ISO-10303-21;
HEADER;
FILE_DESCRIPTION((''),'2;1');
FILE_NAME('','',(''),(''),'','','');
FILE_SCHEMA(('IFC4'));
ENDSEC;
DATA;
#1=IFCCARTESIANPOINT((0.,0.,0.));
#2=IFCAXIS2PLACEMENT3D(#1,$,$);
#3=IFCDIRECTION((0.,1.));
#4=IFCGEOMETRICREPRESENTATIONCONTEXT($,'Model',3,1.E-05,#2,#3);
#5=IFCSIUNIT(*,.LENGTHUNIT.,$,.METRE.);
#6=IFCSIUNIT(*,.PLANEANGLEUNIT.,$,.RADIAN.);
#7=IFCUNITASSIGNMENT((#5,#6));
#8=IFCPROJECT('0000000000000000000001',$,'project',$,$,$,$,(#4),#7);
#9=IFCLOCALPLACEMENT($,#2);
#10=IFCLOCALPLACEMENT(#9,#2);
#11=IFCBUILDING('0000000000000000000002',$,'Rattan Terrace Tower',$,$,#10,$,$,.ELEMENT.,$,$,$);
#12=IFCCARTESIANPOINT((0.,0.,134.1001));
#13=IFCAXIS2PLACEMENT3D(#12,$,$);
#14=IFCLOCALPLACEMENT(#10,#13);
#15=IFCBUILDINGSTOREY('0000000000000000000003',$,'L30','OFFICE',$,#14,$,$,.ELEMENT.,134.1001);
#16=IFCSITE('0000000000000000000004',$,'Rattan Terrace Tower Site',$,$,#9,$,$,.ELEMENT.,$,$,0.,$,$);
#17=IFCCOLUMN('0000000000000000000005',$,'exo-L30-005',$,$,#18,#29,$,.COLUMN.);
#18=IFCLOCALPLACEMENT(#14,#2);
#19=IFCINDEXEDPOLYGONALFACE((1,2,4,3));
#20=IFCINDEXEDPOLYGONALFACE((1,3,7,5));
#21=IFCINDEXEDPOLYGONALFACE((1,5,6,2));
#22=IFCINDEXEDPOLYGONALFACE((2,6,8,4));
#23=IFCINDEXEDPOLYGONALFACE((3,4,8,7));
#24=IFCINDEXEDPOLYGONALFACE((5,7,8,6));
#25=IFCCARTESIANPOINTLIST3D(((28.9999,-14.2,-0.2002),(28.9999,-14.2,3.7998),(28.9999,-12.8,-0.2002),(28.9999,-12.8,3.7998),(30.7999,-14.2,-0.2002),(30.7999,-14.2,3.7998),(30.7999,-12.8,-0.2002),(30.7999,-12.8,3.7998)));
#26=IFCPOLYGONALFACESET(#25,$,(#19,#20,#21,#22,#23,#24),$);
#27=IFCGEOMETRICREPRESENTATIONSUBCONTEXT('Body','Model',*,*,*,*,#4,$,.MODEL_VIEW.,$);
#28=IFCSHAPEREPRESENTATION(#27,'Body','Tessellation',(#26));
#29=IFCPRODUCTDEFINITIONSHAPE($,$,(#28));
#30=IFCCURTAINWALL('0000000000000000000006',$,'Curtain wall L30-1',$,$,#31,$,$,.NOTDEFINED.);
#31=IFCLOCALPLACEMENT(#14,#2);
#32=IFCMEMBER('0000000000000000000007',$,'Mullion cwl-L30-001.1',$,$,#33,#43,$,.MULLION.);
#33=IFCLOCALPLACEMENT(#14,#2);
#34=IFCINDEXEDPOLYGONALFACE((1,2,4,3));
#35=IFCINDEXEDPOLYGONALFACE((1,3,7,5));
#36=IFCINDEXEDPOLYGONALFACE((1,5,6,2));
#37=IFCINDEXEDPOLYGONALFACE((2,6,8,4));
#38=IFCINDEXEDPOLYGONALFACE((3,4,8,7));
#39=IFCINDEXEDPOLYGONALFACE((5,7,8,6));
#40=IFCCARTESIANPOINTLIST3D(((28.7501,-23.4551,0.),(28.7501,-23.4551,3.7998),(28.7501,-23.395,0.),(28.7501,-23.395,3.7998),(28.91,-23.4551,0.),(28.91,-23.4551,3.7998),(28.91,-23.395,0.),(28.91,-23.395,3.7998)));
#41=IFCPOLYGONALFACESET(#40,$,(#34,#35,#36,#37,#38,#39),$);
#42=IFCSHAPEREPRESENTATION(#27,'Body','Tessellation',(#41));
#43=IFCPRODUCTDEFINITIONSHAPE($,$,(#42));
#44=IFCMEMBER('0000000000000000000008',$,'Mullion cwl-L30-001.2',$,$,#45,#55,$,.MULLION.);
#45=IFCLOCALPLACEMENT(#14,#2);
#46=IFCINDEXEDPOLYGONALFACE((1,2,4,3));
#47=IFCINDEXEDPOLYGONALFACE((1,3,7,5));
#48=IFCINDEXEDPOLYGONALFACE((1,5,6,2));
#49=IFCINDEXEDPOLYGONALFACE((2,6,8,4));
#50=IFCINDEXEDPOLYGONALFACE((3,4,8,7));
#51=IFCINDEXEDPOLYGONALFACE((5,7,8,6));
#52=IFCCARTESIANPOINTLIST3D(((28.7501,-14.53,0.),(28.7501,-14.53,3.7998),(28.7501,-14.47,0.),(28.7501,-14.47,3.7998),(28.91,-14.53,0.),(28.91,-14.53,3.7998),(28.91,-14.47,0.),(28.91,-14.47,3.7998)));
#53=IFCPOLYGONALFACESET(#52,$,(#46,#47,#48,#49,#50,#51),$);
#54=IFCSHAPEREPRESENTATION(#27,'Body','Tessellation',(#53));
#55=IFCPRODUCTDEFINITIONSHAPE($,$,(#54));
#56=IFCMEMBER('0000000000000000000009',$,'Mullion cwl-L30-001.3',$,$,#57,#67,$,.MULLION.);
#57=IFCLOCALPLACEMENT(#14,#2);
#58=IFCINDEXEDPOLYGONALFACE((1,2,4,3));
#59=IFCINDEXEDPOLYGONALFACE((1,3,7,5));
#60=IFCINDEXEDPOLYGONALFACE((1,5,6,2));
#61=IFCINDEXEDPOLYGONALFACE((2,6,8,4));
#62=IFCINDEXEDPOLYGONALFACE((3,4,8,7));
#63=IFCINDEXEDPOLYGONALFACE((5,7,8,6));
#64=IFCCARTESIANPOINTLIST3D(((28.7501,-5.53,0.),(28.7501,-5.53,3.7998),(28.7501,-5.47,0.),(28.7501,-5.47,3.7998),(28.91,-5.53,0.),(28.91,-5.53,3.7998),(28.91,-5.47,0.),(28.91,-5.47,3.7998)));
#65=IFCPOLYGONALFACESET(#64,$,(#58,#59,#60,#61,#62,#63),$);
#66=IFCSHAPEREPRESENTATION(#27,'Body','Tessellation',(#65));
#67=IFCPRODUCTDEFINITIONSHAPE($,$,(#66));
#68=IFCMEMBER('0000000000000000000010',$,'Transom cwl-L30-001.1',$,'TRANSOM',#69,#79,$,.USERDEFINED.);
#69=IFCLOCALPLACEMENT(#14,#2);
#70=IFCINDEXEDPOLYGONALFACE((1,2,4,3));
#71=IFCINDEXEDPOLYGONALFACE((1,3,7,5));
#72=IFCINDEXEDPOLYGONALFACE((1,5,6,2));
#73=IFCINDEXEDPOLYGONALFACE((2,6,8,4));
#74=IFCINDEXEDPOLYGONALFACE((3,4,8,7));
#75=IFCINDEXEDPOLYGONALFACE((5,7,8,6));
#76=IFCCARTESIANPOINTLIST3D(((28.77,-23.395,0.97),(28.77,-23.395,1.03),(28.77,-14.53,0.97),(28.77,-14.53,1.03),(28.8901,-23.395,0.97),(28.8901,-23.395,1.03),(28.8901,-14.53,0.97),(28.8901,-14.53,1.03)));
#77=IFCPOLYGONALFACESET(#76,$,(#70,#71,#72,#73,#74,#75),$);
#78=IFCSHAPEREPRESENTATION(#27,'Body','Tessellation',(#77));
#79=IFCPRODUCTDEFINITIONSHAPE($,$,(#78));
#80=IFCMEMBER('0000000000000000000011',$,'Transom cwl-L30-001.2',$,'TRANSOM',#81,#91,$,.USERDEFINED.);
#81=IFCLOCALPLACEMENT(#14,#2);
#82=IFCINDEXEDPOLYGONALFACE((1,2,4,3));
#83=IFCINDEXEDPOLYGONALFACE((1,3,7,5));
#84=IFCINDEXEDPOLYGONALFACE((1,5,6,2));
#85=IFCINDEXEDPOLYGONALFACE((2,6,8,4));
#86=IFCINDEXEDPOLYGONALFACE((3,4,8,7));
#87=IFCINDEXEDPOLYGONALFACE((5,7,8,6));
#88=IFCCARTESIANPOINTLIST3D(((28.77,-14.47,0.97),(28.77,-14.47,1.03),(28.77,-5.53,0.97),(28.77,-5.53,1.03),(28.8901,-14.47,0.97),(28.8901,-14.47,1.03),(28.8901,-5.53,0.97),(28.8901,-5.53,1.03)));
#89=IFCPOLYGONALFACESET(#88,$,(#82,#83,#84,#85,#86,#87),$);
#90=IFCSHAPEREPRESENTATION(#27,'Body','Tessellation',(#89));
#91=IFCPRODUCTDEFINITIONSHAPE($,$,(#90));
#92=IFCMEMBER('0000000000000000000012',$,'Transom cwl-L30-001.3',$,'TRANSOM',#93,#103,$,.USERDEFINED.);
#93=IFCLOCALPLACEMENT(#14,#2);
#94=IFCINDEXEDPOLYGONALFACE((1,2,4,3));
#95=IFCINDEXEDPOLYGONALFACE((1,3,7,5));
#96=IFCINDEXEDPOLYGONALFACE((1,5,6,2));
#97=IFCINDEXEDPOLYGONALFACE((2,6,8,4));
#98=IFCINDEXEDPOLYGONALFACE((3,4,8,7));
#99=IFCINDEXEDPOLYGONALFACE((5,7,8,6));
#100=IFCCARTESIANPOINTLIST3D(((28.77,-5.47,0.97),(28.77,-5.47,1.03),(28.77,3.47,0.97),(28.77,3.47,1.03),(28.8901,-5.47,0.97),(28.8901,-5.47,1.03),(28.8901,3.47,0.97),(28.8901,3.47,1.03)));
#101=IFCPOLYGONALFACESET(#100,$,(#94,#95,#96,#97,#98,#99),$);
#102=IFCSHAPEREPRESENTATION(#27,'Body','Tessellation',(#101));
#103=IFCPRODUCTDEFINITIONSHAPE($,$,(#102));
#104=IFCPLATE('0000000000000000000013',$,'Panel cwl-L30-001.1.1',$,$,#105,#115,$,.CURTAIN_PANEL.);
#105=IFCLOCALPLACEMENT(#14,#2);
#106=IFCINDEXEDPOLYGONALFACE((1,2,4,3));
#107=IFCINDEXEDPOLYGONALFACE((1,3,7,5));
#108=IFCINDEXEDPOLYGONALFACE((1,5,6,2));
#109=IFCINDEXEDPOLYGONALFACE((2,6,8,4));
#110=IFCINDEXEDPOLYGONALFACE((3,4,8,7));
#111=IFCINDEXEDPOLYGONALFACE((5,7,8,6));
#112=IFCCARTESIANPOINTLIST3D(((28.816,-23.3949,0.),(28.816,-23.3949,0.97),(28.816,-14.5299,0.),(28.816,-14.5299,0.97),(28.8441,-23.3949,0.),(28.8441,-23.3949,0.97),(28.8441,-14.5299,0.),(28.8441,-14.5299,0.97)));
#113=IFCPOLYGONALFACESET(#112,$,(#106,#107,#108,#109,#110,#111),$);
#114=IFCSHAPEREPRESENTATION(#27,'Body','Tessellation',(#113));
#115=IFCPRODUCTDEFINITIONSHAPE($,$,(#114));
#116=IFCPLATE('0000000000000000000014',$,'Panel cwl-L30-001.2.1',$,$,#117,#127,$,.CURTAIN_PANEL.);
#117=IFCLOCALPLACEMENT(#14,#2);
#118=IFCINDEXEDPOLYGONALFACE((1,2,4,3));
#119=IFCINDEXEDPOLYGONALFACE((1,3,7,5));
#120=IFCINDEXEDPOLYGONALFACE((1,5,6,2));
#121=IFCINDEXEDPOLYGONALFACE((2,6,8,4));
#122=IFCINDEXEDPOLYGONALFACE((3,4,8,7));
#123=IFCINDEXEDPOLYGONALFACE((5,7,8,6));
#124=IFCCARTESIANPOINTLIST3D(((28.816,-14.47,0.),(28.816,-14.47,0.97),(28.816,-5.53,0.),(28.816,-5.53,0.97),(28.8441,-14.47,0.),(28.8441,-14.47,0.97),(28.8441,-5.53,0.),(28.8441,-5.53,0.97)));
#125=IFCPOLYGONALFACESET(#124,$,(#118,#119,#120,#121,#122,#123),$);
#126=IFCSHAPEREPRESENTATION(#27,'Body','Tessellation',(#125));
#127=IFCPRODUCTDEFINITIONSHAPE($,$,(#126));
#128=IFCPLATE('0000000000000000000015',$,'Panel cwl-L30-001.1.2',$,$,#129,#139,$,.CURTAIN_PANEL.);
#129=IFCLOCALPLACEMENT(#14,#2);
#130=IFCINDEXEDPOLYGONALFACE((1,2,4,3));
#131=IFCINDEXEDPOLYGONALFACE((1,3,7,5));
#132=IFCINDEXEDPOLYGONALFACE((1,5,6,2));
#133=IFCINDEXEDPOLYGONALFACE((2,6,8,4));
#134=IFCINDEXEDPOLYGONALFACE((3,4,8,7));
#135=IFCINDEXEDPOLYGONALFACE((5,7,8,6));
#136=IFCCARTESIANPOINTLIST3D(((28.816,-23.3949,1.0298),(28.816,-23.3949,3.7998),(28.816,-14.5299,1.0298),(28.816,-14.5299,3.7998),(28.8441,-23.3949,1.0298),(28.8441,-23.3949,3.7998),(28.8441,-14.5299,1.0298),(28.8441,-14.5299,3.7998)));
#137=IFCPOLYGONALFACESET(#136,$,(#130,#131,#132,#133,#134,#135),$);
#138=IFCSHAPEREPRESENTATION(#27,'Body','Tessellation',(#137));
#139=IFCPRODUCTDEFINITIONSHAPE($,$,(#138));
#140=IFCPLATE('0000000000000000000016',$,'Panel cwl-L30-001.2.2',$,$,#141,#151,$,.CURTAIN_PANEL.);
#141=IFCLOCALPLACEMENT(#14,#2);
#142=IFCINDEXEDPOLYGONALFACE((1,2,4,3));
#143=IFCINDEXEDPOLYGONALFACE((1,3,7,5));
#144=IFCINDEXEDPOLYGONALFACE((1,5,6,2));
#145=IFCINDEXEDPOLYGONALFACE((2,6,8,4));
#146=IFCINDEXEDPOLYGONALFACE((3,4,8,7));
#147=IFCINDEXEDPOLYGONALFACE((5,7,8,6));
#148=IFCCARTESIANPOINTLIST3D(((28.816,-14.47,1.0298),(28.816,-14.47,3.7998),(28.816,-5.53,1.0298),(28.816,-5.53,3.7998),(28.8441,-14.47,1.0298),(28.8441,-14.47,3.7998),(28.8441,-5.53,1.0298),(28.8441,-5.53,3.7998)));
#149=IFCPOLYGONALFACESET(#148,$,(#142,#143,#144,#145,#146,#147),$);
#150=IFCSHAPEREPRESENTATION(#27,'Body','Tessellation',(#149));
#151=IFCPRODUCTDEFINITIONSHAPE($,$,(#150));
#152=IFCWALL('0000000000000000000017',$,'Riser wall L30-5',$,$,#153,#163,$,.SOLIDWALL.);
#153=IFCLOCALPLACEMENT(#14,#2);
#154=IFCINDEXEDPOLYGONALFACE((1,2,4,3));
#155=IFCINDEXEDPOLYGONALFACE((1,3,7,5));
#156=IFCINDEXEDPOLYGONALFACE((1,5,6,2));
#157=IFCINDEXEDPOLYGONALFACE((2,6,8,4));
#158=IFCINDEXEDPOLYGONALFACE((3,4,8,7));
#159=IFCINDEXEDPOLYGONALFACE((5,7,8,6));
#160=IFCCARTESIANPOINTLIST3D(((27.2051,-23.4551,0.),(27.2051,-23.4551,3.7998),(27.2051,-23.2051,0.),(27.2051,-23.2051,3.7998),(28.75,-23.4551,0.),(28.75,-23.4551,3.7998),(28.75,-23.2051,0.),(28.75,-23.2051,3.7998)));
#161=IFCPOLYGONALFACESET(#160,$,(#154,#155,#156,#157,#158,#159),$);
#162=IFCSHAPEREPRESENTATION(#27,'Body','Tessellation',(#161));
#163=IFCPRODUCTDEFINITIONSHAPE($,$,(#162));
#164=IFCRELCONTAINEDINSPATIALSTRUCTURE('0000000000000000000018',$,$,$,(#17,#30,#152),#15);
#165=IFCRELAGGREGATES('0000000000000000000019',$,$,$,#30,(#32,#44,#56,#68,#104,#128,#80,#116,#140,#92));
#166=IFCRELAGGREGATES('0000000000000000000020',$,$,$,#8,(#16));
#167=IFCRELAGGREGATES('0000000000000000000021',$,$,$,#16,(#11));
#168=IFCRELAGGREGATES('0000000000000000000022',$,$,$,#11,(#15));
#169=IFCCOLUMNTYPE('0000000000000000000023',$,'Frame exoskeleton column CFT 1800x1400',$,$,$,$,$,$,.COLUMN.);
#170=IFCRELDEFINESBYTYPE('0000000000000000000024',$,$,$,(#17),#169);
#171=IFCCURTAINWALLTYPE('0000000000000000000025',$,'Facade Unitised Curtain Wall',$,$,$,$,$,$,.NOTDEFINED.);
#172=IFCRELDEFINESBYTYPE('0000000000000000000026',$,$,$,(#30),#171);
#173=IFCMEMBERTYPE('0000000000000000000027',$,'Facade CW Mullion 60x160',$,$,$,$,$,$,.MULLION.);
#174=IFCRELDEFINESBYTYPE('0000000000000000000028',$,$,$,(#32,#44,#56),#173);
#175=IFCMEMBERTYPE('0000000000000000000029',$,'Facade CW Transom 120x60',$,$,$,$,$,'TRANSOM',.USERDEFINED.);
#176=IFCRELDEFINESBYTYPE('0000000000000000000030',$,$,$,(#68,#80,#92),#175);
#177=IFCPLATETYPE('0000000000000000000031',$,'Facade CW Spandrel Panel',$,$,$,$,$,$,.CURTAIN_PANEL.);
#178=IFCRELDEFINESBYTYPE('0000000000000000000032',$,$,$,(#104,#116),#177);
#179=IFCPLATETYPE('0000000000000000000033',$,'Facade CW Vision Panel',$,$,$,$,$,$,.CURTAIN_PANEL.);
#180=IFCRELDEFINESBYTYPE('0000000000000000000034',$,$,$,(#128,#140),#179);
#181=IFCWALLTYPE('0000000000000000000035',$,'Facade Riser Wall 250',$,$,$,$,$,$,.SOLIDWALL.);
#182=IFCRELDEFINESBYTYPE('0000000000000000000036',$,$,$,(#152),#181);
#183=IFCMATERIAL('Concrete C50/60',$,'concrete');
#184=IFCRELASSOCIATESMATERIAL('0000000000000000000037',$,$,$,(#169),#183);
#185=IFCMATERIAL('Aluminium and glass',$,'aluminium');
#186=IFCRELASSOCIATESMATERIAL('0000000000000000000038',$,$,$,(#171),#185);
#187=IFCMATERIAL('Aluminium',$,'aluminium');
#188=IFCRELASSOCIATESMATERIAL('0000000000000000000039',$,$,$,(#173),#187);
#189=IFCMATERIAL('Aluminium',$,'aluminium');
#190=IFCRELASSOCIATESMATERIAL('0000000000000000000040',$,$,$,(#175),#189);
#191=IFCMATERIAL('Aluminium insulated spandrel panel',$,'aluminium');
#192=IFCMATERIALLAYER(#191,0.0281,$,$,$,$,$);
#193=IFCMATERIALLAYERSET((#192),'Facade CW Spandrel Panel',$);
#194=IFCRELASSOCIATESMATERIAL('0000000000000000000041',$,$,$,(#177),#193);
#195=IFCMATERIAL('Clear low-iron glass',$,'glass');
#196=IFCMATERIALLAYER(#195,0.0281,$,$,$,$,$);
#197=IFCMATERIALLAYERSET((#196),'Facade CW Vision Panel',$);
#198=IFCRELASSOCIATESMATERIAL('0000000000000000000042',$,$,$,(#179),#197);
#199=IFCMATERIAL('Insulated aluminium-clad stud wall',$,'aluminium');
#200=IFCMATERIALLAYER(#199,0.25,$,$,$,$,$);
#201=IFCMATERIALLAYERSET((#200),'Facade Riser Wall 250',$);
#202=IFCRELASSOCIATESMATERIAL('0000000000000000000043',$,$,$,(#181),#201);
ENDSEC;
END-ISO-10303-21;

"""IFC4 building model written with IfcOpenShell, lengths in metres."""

from ifc_helpers import new_model, si_unit, direction, frame, frame_2d, origin, origin_2d, place, context, subcontext, project, spatial, rectangle, extrude, material, layer, layer_set, material_profile, profile_set, type_object, element, aggregate, save


model = new_model("IFC4")

# Units and contexts
model_context = context("Model", 3, precision=1e-05, world=origin(), true_north=direction((0.0, 1.0)))
body_context = subcontext(model_context, "Body", "Model", "MODEL_VIEW")
ifc_project = project(units=[si_unit("LENGTHUNIT", "METRE"), si_unit("PLANEANGLEUNIT", "RADIAN")], contexts=[model_context])

# Site, building, storey
site_placement = place(None, origin())
site = spatial("IfcSite", under=ifc_project, at=site_placement, Name="Rattan Terrace Tower Site", CompositionType="ELEMENT", RefElevation=0.0)
building_placement = place(site_placement, origin())
building = spatial("IfcBuilding", under=site, at=building_placement, Name="Rattan Terrace Tower", CompositionType="ELEMENT")
storey_placement = place(building_placement, frame((0.0, 0.0, 134.1001)))
storey = spatial("IfcBuildingStorey", under=building, at=storey_placement, Name="L30", Description="OFFICE", CompositionType="ELEMENT", Elevation=134.1001)

# Column
ifc_material_1 = material(Name="Concrete C50/60", Category="concrete")
ifc_material_profile_1 = material_profile(ifc_material_1, rectangle(XDim=1.3999, YDim=1.8, at=origin_2d()), Name="CFT 1800x1400")
ifc_profile_set_1 = profile_set([ifc_material_profile_1], Name="Concrete C50/60")
column_type = type_object("IfcColumnType", Name="Frame exoskeleton column CFT 1800x1400", PredefinedType="COLUMN", material=ifc_profile_set_1)
column_placement = place(storey_placement, frame((29.8999, -13.5, -0.2002), z_axis=(0.0, 0.0, 1.0), x_axis=(0.0, 1.0, 0.0)))
element("IfcColumn", 1, at=column_placement, inside=storey, type_object=column_type, Name="exo-L30-005", PredefinedType="COLUMN", context=body_context, shape_type="SweptSolid", body=[
    extrude(rectangle(XDim=1.3999, YDim=1.8, at=origin_2d()), origin(), (0.0, 0.0, 1.0), 4.0),
])

# Curtain wall, members, plates
ifc_material_2 = material(Name="Aluminium and glass", Category="aluminium")
curtain_wall_type = type_object("IfcCurtainWallType", Name="Facade Unitised Curtain Wall", PredefinedType="NOTDEFINED", material=ifc_material_2)
curtain_wall_placement = place(storey_placement, origin())
curtain_wall = element("IfcCurtainWall", 2, at=curtain_wall_placement, inside=storey, type_object=curtain_wall_type, Name="Curtain wall L30-1", PredefinedType="NOTDEFINED")
ifc_material_3 = material(Name="Aluminium", Category="aluminium")
ifc_material_profile_2 = material_profile(ifc_material_3, rectangle(XDim=0.0601, YDim=0.1599, at=origin_2d()), Name="Aluminium 60x160")
ifc_profile_set_2 = profile_set([ifc_material_profile_2], Name="Aluminium")
member_type_1 = type_object("IfcMemberType", Name="Facade CW Mullion 60x160", PredefinedType="MULLION", material=ifc_profile_set_2)
member_1_placement = place(storey_placement, frame((28.8301, -23.425, 0.0), z_axis=(0.0, 0.0, 1.0), x_axis=(0.0, 1.0, 0.0)))
member_1 = element("IfcMember", 3, at=member_1_placement, type_object=member_type_1, Name="Mullion cwl-L30-001.1", PredefinedType="MULLION", context=body_context, shape_type="SweptSolid", body=[
    extrude(rectangle(XDim=0.0601, YDim=0.1599, at=origin_2d()), origin(), (0.0, 0.0, 1.0), 3.7998),
])
member_2_placement = place(storey_placement, frame((28.8301, -14.5, 0.0), z_axis=(0.0, 0.0, 1.0), x_axis=(0.0, 1.0, 0.0)))
member_2 = element("IfcMember", 4, at=member_2_placement, type_object=member_type_1, Name="Mullion cwl-L30-001.2", PredefinedType="MULLION", context=body_context, shape_type="SweptSolid", body=[
    extrude(rectangle(XDim=0.0601, YDim=0.1599, at=origin_2d()), origin(), (0.0, 0.0, 1.0), 3.7998),
])
member_3_placement = place(storey_placement, frame((28.8301, -5.5, 0.0), z_axis=(0.0, 0.0, 1.0), x_axis=(0.0, 1.0, 0.0)))
member_3 = element("IfcMember", 5, at=member_3_placement, type_object=member_type_1, Name="Mullion cwl-L30-001.3", PredefinedType="MULLION", context=body_context, shape_type="SweptSolid", body=[
    extrude(rectangle(XDim=0.0601, YDim=0.1599, at=origin_2d()), origin(), (0.0, 0.0, 1.0), 3.7998),
])
ifc_material_4 = material(Name="Aluminium", Category="aluminium")
ifc_material_profile_3 = material_profile(ifc_material_4, rectangle(XDim=0.1201, YDim=0.0601, at=origin_2d()), Name="Aluminium 120x60")
ifc_profile_set_3 = profile_set([ifc_material_profile_3], Name="Aluminium")
member_type_2 = type_object("IfcMemberType", Name="Facade CW Transom 120x60", ElementType="TRANSOM", PredefinedType="USERDEFINED", material=ifc_profile_set_3)
member_4_placement = place(storey_placement, frame((28.8301, -23.395, 1.0), z_axis=(0.0, 1.0, 0.0), x_axis=(-1.0, 0.0, 0.0)))
member_4 = element("IfcMember", 6, at=member_4_placement, type_object=member_type_2, Name="Transom cwl-L30-001.1", ObjectType="TRANSOM", PredefinedType="USERDEFINED", context=body_context, shape_type="SweptSolid", body=[
    extrude(rectangle(XDim=0.1201, YDim=0.0601, at=origin_2d()), origin(), (0.0, 0.0, 1.0), 8.865),
])
member_5_placement = place(storey_placement, frame((28.8301, -14.47, 1.0), z_axis=(0.0, 1.0, 0.0), x_axis=(-1.0, 0.0, 0.0)))
member_5 = element("IfcMember", 7, at=member_5_placement, type_object=member_type_2, Name="Transom cwl-L30-001.2", ObjectType="TRANSOM", PredefinedType="USERDEFINED", context=body_context, shape_type="SweptSolid", body=[
    extrude(rectangle(XDim=0.1201, YDim=0.0601, at=origin_2d()), origin(), (0.0, 0.0, 1.0), 8.9399),
])
member_6_placement = place(storey_placement, frame((28.8301, -5.47, 1.0), z_axis=(0.0, 1.0, 0.0), x_axis=(-1.0, 0.0, 0.0)))
member_6 = element("IfcMember", 8, at=member_6_placement, type_object=member_type_2, Name="Transom cwl-L30-001.3", ObjectType="TRANSOM", PredefinedType="USERDEFINED", context=body_context, shape_type="SweptSolid", body=[
    extrude(rectangle(XDim=0.1201, YDim=0.0601, at=origin_2d()), origin(), (0.0, 0.0, 1.0), 8.9399),
])
ifc_material_5 = material(Name="Aluminium insulated spandrel panel", Category="aluminium")
ifc_layer_1 = layer(ifc_material_5, 0.0281)
ifc_layer_set_1 = layer_set([ifc_layer_1], Name="Facade CW Spandrel Panel")
plate_type_1 = type_object("IfcPlateType", Name="Facade CW Spandrel Panel", PredefinedType="CURTAIN_PANEL", material=ifc_layer_set_1)
plate_1_placement = place(storey_placement, frame((28.8301, -18.9624, 0.0), z_axis=(0.0, 0.0, 1.0), x_axis=(0.0, 1.0, 0.0)))
plate_1 = element("IfcPlate", 9, at=plate_1_placement, type_object=plate_type_1, Name="Panel cwl-L30-001.1.1", PredefinedType="CURTAIN_PANEL", context=body_context, shape_type="SweptSolid", body=[
    extrude(rectangle(XDim=8.865, YDim=0.0281, at=origin_2d()), origin(), (0.0, 0.0, 1.0), 0.97),
])
plate_2_placement = place(storey_placement, frame((28.8301, -10.0, 0.0), z_axis=(0.0, 0.0, 1.0), x_axis=(0.0, 1.0, 0.0)))
plate_2 = element("IfcPlate", 10, at=plate_2_placement, type_object=plate_type_1, Name="Panel cwl-L30-001.2.1", PredefinedType="CURTAIN_PANEL", context=body_context, shape_type="SweptSolid", body=[
    extrude(rectangle(XDim=8.9399, YDim=0.0281, at=origin_2d()), origin(), (0.0, 0.0, 1.0), 0.97),
])
ifc_material_6 = material(Name="Clear low-iron glass", Category="glass")
ifc_layer_2 = layer(ifc_material_6, 0.0281)
ifc_layer_set_2 = layer_set([ifc_layer_2], Name="Facade CW Vision Panel")
plate_type_2 = type_object("IfcPlateType", Name="Facade CW Vision Panel", PredefinedType="CURTAIN_PANEL", material=ifc_layer_set_2)
plate_3_placement = place(storey_placement, frame((28.8301, -18.9624, 1.0298), z_axis=(0.0, 0.0, 1.0), x_axis=(0.0, 1.0, 0.0)))
plate_3 = element("IfcPlate", 11, at=plate_3_placement, type_object=plate_type_2, Name="Panel cwl-L30-001.1.2", PredefinedType="CURTAIN_PANEL", context=body_context, shape_type="SweptSolid", body=[
    extrude(rectangle(XDim=8.865, YDim=0.0281, at=origin_2d()), origin(), (0.0, 0.0, 1.0), 2.77),
])
plate_4_placement = place(storey_placement, frame((28.8301, -10.0, 1.0298), z_axis=(0.0, 0.0, 1.0), x_axis=(0.0, 1.0, 0.0)))
plate_4 = element("IfcPlate", 12, at=plate_4_placement, type_object=plate_type_2, Name="Panel cwl-L30-001.2.2", PredefinedType="CURTAIN_PANEL", context=body_context, shape_type="SweptSolid", body=[
    extrude(rectangle(XDim=8.9399, YDim=0.0281, at=origin_2d()), origin(), (0.0, 0.0, 1.0), 2.77),
])
aggregate(curtain_wall, [member_1, member_2, member_3, member_4, plate_1, plate_3, member_5, plate_2, plate_4, member_6])

# Wall
ifc_material_7 = material(Name="Insulated aluminium-clad stud wall", Category="aluminium")
ifc_layer_3 = layer(ifc_material_7, 0.25)
ifc_layer_set_3 = layer_set([ifc_layer_3], Name="Facade Riser Wall 250")
wall_type_1 = type_object("IfcWallType", Name="Facade Riser Wall 250", PredefinedType="SOLIDWALL", material=ifc_layer_set_3)
wall_1_placement = place(storey_placement, frame((27.2051, -23.3301, 0.0), z_axis=(0.0, 0.0, 1.0), x_axis=(1.0, 0.0, 0.0)))
element("IfcWall", 13, at=wall_1_placement, inside=storey, type_object=wall_type_1, Name="Riser wall L30-5", PredefinedType="SOLIDWALL", context=body_context, shape_type="SweptSolid", body=[
    extrude(rectangle(XDim=1.5449, YDim=0.25, at=frame_2d((0.7725, 0.0))), origin(), (0.0, 0.0, 1.0), 3.7998),
])

save(model, "model.ifc")
